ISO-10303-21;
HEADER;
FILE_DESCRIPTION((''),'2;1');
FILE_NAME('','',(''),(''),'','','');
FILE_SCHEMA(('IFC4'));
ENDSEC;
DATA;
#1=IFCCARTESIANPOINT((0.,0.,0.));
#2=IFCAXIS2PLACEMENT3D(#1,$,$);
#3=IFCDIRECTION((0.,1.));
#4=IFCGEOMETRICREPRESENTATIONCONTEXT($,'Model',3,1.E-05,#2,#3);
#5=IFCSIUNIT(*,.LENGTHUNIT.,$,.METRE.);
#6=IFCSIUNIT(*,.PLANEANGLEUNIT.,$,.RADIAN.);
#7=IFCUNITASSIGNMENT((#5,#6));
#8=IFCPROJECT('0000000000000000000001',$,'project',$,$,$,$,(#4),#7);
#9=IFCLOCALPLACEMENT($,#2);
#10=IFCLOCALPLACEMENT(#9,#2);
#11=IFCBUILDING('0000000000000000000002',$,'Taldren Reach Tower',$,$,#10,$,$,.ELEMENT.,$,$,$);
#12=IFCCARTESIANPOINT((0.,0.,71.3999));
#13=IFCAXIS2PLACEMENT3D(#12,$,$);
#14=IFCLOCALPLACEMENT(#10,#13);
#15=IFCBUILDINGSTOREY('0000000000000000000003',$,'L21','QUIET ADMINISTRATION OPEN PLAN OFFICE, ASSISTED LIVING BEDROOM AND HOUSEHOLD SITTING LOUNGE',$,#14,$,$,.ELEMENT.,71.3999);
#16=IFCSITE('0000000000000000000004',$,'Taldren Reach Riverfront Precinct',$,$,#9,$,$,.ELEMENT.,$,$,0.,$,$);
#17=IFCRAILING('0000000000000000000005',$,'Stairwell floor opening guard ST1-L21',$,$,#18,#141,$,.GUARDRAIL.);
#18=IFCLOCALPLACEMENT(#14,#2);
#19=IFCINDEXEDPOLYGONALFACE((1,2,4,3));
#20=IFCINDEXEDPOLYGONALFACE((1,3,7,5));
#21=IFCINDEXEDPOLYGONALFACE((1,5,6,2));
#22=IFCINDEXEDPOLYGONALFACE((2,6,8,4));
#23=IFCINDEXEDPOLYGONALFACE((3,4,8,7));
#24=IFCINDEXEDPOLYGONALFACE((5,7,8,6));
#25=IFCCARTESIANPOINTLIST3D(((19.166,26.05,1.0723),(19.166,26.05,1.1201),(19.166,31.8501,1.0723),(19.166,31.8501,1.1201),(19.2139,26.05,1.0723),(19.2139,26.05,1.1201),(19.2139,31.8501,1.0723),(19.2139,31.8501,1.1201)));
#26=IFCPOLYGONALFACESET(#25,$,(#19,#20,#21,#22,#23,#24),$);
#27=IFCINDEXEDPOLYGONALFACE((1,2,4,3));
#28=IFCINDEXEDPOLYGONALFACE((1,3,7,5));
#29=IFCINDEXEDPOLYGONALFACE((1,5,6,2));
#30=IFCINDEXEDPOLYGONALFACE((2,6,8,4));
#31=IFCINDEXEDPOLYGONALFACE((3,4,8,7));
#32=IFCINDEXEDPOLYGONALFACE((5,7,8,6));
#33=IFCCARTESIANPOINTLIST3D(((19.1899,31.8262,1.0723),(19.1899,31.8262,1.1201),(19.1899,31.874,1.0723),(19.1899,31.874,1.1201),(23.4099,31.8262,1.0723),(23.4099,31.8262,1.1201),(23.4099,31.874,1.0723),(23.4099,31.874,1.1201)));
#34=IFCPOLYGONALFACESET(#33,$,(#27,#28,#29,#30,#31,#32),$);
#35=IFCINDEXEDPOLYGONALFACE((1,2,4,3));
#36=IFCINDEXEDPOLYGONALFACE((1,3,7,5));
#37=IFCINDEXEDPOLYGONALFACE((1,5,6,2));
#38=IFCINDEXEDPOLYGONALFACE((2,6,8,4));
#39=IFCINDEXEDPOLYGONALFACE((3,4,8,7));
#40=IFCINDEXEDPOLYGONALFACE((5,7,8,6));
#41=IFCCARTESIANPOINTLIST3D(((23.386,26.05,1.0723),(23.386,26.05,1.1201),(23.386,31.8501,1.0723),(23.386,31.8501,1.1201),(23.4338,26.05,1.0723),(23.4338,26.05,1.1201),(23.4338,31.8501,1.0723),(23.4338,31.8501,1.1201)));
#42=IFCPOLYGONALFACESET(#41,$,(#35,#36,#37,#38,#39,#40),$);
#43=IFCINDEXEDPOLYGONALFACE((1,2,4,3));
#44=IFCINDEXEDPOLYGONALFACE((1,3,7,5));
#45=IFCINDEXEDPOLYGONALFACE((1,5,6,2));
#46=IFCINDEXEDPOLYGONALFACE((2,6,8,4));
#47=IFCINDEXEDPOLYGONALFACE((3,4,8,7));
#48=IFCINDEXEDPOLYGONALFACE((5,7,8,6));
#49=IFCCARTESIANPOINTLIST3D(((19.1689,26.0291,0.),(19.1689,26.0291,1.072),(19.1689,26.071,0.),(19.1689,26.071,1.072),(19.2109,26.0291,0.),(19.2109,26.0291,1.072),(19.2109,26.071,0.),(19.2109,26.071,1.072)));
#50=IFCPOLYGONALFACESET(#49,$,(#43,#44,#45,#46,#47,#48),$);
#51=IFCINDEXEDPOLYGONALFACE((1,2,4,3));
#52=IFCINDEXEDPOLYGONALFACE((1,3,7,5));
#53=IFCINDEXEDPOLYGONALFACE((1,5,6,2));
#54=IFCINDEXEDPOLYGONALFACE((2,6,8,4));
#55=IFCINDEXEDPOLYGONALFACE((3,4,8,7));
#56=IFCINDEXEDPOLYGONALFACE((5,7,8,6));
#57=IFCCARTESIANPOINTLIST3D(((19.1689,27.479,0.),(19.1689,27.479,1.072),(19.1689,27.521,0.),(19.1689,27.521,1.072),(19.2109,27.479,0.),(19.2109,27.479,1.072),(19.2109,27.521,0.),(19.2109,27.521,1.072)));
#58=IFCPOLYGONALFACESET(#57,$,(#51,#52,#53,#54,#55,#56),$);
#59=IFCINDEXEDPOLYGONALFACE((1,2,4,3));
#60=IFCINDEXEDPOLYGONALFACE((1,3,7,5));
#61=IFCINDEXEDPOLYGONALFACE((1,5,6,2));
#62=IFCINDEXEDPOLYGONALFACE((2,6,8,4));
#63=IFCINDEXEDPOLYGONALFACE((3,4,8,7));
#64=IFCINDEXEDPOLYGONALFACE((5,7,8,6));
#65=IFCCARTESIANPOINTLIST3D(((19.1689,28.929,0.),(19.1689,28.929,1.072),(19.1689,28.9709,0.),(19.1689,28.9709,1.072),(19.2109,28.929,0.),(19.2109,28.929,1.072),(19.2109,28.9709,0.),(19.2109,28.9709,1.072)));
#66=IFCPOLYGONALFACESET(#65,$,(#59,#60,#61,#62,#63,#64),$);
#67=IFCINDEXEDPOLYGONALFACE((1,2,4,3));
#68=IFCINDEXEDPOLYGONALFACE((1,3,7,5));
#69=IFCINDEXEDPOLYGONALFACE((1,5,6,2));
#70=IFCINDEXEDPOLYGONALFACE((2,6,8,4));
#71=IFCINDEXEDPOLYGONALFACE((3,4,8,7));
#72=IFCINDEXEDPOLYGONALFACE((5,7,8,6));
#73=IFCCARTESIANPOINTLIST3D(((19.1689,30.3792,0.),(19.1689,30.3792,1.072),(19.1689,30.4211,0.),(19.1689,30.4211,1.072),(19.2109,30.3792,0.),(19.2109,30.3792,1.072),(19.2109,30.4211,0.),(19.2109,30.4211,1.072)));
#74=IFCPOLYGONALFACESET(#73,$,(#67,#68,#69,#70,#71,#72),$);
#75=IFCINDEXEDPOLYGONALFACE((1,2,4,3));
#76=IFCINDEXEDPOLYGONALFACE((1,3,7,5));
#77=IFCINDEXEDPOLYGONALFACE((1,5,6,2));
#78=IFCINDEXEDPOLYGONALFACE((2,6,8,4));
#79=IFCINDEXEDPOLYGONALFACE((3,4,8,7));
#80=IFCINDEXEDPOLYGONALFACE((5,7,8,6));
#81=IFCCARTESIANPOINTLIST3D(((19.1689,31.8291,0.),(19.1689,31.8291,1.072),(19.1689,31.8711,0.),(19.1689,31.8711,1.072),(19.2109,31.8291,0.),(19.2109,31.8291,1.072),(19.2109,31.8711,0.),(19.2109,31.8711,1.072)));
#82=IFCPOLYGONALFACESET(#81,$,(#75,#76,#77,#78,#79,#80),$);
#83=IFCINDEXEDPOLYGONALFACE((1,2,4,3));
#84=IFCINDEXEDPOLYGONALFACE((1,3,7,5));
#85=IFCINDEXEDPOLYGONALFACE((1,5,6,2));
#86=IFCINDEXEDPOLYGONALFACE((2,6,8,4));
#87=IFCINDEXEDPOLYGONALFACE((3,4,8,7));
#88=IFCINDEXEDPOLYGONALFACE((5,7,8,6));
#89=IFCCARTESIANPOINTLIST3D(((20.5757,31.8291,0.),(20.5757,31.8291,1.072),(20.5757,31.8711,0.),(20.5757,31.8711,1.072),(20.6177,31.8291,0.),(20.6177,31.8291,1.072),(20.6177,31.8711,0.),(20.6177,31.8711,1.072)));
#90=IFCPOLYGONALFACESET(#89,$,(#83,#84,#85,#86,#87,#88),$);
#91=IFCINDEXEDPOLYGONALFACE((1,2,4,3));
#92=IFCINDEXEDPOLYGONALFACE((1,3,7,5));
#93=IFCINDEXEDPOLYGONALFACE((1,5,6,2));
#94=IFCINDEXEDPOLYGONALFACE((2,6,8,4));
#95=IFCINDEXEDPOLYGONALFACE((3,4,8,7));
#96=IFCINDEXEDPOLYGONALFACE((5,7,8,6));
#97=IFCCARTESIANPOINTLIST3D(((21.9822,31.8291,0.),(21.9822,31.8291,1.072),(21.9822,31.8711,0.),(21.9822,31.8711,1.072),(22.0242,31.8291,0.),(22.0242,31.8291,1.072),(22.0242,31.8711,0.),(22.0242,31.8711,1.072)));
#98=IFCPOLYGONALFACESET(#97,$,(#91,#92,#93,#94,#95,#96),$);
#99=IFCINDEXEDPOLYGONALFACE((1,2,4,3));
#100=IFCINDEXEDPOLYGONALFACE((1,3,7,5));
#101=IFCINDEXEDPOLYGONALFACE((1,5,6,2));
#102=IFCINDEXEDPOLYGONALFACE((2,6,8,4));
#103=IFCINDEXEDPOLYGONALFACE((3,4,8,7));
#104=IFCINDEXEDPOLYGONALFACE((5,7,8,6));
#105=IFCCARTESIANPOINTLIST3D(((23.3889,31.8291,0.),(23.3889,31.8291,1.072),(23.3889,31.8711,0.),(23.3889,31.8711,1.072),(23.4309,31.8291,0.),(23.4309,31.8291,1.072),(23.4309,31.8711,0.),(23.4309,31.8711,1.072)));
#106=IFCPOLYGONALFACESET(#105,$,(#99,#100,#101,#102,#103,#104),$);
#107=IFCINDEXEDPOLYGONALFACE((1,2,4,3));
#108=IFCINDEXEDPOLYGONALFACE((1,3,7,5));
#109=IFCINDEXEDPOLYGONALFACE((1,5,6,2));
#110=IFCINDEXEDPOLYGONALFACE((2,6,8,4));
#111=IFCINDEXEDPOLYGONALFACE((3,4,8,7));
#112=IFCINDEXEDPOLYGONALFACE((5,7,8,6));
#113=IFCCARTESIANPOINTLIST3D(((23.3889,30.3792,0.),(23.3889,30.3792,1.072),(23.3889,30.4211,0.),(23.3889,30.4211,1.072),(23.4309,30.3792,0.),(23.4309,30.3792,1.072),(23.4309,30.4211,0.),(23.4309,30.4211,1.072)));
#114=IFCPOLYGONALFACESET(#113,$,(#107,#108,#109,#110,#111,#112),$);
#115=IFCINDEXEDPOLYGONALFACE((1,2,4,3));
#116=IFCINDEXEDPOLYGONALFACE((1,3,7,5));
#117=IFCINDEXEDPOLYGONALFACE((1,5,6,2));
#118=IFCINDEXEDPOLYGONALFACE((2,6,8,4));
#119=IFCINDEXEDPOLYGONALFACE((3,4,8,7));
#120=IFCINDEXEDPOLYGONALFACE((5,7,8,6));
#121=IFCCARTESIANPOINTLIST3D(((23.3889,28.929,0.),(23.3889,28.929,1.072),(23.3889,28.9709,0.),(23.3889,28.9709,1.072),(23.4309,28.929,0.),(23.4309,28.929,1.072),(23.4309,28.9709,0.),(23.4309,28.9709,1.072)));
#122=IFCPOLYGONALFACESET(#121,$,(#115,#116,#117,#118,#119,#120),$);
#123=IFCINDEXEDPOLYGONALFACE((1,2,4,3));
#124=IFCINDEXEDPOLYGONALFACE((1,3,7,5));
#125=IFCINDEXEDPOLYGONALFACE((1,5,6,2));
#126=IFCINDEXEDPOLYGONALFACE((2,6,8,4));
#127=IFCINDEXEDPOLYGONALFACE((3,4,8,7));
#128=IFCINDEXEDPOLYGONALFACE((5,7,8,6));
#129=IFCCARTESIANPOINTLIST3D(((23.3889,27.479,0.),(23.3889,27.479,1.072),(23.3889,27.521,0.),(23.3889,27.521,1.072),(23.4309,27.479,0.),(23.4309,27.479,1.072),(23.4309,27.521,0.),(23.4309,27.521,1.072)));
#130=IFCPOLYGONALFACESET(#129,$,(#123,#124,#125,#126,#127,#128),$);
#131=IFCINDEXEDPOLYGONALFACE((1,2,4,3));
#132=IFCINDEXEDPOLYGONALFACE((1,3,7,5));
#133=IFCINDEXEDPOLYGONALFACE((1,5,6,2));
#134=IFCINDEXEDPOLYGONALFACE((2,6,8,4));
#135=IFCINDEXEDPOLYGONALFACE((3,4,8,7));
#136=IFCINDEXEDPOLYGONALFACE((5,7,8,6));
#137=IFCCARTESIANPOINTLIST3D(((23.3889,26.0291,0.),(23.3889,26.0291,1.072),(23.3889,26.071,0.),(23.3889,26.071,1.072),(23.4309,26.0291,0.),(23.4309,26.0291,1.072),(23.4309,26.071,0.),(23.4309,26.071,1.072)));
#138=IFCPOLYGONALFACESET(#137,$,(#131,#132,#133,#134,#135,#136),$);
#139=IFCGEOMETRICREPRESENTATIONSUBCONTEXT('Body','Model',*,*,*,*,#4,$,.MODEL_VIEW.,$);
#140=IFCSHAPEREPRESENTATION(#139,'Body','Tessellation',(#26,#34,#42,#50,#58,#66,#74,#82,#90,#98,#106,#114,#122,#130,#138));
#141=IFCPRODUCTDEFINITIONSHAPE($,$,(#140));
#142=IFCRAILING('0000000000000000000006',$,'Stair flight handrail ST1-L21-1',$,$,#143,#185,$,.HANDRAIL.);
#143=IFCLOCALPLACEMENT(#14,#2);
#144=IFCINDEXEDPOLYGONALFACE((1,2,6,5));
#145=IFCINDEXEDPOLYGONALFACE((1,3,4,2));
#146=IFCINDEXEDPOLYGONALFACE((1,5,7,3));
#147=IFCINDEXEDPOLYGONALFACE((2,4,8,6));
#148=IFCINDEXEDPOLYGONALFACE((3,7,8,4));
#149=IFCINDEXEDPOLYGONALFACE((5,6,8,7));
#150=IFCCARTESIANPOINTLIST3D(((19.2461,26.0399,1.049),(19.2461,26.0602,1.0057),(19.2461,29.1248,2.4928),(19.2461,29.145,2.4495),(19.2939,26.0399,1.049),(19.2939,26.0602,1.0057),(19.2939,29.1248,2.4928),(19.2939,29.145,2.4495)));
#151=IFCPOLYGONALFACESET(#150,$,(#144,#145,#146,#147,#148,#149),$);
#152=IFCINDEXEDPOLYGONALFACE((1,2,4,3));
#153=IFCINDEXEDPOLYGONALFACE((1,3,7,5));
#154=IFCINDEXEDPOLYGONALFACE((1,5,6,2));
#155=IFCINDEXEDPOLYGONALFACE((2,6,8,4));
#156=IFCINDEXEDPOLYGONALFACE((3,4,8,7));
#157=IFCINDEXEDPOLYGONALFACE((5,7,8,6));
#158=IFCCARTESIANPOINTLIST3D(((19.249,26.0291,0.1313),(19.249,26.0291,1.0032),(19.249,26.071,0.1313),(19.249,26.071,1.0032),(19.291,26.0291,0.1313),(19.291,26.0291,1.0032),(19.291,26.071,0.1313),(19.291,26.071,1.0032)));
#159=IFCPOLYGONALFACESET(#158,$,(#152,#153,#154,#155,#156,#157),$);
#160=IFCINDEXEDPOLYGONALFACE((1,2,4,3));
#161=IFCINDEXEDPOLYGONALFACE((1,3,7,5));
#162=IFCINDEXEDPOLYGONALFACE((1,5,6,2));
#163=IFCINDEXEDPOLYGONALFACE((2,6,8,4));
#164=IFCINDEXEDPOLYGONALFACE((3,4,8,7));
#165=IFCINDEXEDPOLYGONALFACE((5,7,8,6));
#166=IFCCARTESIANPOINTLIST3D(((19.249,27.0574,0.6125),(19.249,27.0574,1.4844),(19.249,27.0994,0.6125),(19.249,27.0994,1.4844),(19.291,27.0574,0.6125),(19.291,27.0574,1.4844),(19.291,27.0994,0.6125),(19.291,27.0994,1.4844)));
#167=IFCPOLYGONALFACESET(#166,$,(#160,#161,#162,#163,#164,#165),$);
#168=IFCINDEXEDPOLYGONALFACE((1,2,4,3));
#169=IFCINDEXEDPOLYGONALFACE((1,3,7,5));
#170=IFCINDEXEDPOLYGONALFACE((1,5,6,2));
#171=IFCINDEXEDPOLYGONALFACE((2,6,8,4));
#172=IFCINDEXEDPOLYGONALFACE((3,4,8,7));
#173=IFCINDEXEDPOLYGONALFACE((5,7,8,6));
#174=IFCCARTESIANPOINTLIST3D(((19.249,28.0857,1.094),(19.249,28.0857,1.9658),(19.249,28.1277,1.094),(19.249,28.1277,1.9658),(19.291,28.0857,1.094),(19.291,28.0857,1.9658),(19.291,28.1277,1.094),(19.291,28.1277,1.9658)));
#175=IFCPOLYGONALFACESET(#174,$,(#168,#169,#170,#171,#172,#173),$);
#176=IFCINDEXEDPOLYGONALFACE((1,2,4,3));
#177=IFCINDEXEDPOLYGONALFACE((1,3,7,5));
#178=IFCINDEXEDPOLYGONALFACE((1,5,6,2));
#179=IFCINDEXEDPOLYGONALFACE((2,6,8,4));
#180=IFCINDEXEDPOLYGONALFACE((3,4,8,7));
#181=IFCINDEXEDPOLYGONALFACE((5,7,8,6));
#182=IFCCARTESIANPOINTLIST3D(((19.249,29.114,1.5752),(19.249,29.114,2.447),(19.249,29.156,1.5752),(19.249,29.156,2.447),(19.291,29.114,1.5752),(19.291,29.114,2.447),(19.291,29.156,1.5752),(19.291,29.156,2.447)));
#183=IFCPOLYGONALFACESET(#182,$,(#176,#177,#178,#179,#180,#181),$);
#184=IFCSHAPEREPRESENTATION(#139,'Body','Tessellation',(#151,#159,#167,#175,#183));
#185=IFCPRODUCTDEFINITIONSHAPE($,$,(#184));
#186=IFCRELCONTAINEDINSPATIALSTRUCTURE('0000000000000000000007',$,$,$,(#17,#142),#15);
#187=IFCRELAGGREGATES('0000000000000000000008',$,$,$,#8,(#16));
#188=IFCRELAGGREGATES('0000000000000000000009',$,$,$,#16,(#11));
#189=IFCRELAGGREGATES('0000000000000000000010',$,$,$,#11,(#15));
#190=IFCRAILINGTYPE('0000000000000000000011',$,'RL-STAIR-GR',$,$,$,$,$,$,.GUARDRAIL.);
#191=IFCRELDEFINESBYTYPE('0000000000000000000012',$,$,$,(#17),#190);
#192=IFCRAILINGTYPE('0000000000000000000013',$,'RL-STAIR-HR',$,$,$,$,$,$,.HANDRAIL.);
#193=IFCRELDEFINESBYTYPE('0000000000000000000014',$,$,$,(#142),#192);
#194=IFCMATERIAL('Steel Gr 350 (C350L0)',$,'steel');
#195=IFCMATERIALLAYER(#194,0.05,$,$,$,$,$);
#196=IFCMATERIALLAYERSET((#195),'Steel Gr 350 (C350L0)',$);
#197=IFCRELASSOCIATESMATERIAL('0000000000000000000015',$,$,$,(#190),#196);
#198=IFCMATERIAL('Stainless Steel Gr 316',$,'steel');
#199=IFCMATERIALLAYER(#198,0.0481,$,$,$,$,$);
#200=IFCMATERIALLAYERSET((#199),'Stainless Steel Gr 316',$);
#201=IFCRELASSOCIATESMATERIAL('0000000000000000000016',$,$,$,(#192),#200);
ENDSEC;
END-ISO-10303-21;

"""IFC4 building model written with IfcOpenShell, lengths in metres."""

from ifc_helpers import new_model, si_unit, direction, frame, origin, origin_2d, place, context, subcontext, project, spatial, rectangle, extrude, material, layer, layer_set, type_object, element, save


model = new_model("IFC4")

# Units and contexts
model_context = context("Model", 3, precision=1e-05, world=origin(), true_north=direction((0.0, 1.0)))
body_context = subcontext(model_context, "Body", "Model", "MODEL_VIEW")
ifc_project = project(units=[si_unit("LENGTHUNIT", "METRE"), si_unit("PLANEANGLEUNIT", "RADIAN")], contexts=[model_context])

# Site, building, storey
site_placement = place(None, origin())
site = spatial("IfcSite", under=ifc_project, at=site_placement, Name="Taldren Reach Riverfront Precinct", CompositionType="ELEMENT", RefElevation=0.0)
building_placement = place(site_placement, origin())
building = spatial("IfcBuilding", under=site, at=building_placement, Name="Taldren Reach Tower", CompositionType="ELEMENT")
storey_placement = place(building_placement, frame((0.0, 0.0, 71.3999)))
storey = spatial("IfcBuildingStorey", under=building, at=storey_placement, Name="L21", Description="QUIET ADMINISTRATION OPEN PLAN OFFICE, ASSISTED LIVING BEDROOM AND HOUSEHOLD SITTING LOUNGE", CompositionType="ELEMENT", Elevation=71.3999)

# Shared definitions
ifc_material_1 = material(Name="Steel Gr 350 (C350L0)", Category="steel")

# Railings
ifc_layer_1 = layer(ifc_material_1, 0.05)
ifc_layer_set_1 = layer_set([ifc_layer_1], Name="Steel Gr 350 (C350L0)")
railing_type_1 = type_object("IfcRailingType", Name="RL-STAIR-GR", PredefinedType="GUARDRAIL", material=ifc_layer_set_1)
railing_1_placement = place(storey_placement, frame((19.1899, 26.05, 0.0)))
element("IfcRailing", 1, at=railing_1_placement, inside=storey, type_object=railing_type_1, Name="Stairwell floor opening guard ST1-L21", PredefinedType="GUARDRAIL", context=body_context, shape_type="SweptSolid", body=[
    extrude(rectangle(XDim=0.0479, YDim=0.0479, at=origin_2d()), frame((0.0, 0.0, 1.0962), z_axis=(0.0, 1.0, 0.0), x_axis=(-1.0, 0.0, 0.0)), (0.0, 0.0, 1.0), 5.8),
    extrude(rectangle(XDim=0.0479, YDim=0.0479, at=origin_2d()), frame((0.0, 5.8, 1.0962), z_axis=(1.0, 0.0, 0.0), x_axis=(0.0, 1.0, 0.0)), (0.0, 0.0, 1.0), 4.22),
    extrude(rectangle(XDim=0.0479, YDim=0.0479, at=origin_2d()), frame((4.22, 5.8, 1.0962), z_axis=(0.0, -1.0, 0.0), x_axis=(1.0, 0.0, 0.0)), (0.0, 0.0, 1.0), 5.8),
    extrude(rectangle(XDim=0.042, YDim=0.042, at=origin_2d()), origin(), (0.0, 0.0, 1.0), 1.072),
    extrude(rectangle(XDim=0.042, YDim=0.042, at=origin_2d()), frame((0.0, 1.45, 0.0)), (0.0, 0.0, 1.0), 1.072),
    extrude(rectangle(XDim=0.042, YDim=0.042, at=origin_2d()), frame((0.0, 2.8999, 0.0)), (0.0, 0.0, 1.0), 1.072),
    extrude(rectangle(XDim=0.042, YDim=0.042, at=origin_2d()), frame((0.0, 4.3501, 0.0)), (0.0, 0.0, 1.0), 1.072),
    extrude(rectangle(XDim=0.042, YDim=0.042, at=origin_2d()), frame((0.0, 5.8, 0.0)), (0.0, 0.0, 1.0), 1.072),
    extrude(rectangle(XDim=0.042, YDim=0.042, at=origin_2d()), frame((1.4067, 5.8, 0.0)), (0.0, 0.0, 1.0), 1.072),
    extrude(rectangle(XDim=0.042, YDim=0.042, at=origin_2d()), frame((2.8132, 5.8, 0.0)), (0.0, 0.0, 1.0), 1.072),
    extrude(rectangle(XDim=0.042, YDim=0.042, at=origin_2d()), frame((4.22, 5.8, 0.0)), (0.0, 0.0, 1.0), 1.072),
    extrude(rectangle(XDim=0.042, YDim=0.042, at=origin_2d()), frame((4.22, 4.3501, 0.0)), (0.0, 0.0, 1.0), 1.072),
    extrude(rectangle(XDim=0.042, YDim=0.042, at=origin_2d()), frame((4.22, 2.8999, 0.0)), (0.0, 0.0, 1.0), 1.072),
    extrude(rectangle(XDim=0.042, YDim=0.042, at=origin_2d()), frame((4.22, 1.45, 0.0)), (0.0, 0.0, 1.0), 1.072),
    extrude(rectangle(XDim=0.042, YDim=0.042, at=origin_2d()), frame((4.22, 0.0, 0.0)), (0.0, 0.0, 1.0), 1.072),
])
ifc_material_2 = material(Name="Stainless Steel Gr 316", Category="steel")
ifc_layer_2 = layer(ifc_material_2, 0.0481)
ifc_layer_set_2 = layer_set([ifc_layer_2], Name="Stainless Steel Gr 316")
railing_type_2 = type_object("IfcRailingType", Name="RL-STAIR-HR", PredefinedType="HANDRAIL", material=ifc_layer_set_2)
railing_2_placement = place(storey_placement, frame((19.27, 26.05, 0.1313)))
element("IfcRailing", 2, at=railing_2_placement, inside=storey, type_object=railing_type_2, Name="Stair flight handrail ST1-L21-1", PredefinedType="HANDRAIL", context=body_context, shape_type="SweptSolid", body=[
    extrude(rectangle(XDim=0.0479, YDim=0.0479, at=origin_2d()), frame((0.0, 0.0, 0.896), z_axis=(0.0, 0.90571, 0.423898), x_axis=(-1.0, 0.0, 0.0)), (0.0, 0.0, 1.0), 3.406),
    extrude(rectangle(XDim=0.042, YDim=0.042, at=origin_2d()), origin(), (0.0, 0.0, 1.0), 0.8718),
    extrude(rectangle(XDim=0.042, YDim=0.042, at=origin_2d()), frame((0.0, 1.0283, 0.4812)), (0.0, 0.0, 1.0), 0.8718),
    extrude(rectangle(XDim=0.042, YDim=0.042, at=origin_2d()), frame((0.0, 2.0566, 0.9626)), (0.0, 0.0, 1.0), 0.8718),
    extrude(rectangle(XDim=0.042, YDim=0.042, at=origin_2d()), frame((0.0, 3.085, 1.4438)), (0.0, 0.0, 1.0), 0.8718),
])

save(model, "model.ifc")
